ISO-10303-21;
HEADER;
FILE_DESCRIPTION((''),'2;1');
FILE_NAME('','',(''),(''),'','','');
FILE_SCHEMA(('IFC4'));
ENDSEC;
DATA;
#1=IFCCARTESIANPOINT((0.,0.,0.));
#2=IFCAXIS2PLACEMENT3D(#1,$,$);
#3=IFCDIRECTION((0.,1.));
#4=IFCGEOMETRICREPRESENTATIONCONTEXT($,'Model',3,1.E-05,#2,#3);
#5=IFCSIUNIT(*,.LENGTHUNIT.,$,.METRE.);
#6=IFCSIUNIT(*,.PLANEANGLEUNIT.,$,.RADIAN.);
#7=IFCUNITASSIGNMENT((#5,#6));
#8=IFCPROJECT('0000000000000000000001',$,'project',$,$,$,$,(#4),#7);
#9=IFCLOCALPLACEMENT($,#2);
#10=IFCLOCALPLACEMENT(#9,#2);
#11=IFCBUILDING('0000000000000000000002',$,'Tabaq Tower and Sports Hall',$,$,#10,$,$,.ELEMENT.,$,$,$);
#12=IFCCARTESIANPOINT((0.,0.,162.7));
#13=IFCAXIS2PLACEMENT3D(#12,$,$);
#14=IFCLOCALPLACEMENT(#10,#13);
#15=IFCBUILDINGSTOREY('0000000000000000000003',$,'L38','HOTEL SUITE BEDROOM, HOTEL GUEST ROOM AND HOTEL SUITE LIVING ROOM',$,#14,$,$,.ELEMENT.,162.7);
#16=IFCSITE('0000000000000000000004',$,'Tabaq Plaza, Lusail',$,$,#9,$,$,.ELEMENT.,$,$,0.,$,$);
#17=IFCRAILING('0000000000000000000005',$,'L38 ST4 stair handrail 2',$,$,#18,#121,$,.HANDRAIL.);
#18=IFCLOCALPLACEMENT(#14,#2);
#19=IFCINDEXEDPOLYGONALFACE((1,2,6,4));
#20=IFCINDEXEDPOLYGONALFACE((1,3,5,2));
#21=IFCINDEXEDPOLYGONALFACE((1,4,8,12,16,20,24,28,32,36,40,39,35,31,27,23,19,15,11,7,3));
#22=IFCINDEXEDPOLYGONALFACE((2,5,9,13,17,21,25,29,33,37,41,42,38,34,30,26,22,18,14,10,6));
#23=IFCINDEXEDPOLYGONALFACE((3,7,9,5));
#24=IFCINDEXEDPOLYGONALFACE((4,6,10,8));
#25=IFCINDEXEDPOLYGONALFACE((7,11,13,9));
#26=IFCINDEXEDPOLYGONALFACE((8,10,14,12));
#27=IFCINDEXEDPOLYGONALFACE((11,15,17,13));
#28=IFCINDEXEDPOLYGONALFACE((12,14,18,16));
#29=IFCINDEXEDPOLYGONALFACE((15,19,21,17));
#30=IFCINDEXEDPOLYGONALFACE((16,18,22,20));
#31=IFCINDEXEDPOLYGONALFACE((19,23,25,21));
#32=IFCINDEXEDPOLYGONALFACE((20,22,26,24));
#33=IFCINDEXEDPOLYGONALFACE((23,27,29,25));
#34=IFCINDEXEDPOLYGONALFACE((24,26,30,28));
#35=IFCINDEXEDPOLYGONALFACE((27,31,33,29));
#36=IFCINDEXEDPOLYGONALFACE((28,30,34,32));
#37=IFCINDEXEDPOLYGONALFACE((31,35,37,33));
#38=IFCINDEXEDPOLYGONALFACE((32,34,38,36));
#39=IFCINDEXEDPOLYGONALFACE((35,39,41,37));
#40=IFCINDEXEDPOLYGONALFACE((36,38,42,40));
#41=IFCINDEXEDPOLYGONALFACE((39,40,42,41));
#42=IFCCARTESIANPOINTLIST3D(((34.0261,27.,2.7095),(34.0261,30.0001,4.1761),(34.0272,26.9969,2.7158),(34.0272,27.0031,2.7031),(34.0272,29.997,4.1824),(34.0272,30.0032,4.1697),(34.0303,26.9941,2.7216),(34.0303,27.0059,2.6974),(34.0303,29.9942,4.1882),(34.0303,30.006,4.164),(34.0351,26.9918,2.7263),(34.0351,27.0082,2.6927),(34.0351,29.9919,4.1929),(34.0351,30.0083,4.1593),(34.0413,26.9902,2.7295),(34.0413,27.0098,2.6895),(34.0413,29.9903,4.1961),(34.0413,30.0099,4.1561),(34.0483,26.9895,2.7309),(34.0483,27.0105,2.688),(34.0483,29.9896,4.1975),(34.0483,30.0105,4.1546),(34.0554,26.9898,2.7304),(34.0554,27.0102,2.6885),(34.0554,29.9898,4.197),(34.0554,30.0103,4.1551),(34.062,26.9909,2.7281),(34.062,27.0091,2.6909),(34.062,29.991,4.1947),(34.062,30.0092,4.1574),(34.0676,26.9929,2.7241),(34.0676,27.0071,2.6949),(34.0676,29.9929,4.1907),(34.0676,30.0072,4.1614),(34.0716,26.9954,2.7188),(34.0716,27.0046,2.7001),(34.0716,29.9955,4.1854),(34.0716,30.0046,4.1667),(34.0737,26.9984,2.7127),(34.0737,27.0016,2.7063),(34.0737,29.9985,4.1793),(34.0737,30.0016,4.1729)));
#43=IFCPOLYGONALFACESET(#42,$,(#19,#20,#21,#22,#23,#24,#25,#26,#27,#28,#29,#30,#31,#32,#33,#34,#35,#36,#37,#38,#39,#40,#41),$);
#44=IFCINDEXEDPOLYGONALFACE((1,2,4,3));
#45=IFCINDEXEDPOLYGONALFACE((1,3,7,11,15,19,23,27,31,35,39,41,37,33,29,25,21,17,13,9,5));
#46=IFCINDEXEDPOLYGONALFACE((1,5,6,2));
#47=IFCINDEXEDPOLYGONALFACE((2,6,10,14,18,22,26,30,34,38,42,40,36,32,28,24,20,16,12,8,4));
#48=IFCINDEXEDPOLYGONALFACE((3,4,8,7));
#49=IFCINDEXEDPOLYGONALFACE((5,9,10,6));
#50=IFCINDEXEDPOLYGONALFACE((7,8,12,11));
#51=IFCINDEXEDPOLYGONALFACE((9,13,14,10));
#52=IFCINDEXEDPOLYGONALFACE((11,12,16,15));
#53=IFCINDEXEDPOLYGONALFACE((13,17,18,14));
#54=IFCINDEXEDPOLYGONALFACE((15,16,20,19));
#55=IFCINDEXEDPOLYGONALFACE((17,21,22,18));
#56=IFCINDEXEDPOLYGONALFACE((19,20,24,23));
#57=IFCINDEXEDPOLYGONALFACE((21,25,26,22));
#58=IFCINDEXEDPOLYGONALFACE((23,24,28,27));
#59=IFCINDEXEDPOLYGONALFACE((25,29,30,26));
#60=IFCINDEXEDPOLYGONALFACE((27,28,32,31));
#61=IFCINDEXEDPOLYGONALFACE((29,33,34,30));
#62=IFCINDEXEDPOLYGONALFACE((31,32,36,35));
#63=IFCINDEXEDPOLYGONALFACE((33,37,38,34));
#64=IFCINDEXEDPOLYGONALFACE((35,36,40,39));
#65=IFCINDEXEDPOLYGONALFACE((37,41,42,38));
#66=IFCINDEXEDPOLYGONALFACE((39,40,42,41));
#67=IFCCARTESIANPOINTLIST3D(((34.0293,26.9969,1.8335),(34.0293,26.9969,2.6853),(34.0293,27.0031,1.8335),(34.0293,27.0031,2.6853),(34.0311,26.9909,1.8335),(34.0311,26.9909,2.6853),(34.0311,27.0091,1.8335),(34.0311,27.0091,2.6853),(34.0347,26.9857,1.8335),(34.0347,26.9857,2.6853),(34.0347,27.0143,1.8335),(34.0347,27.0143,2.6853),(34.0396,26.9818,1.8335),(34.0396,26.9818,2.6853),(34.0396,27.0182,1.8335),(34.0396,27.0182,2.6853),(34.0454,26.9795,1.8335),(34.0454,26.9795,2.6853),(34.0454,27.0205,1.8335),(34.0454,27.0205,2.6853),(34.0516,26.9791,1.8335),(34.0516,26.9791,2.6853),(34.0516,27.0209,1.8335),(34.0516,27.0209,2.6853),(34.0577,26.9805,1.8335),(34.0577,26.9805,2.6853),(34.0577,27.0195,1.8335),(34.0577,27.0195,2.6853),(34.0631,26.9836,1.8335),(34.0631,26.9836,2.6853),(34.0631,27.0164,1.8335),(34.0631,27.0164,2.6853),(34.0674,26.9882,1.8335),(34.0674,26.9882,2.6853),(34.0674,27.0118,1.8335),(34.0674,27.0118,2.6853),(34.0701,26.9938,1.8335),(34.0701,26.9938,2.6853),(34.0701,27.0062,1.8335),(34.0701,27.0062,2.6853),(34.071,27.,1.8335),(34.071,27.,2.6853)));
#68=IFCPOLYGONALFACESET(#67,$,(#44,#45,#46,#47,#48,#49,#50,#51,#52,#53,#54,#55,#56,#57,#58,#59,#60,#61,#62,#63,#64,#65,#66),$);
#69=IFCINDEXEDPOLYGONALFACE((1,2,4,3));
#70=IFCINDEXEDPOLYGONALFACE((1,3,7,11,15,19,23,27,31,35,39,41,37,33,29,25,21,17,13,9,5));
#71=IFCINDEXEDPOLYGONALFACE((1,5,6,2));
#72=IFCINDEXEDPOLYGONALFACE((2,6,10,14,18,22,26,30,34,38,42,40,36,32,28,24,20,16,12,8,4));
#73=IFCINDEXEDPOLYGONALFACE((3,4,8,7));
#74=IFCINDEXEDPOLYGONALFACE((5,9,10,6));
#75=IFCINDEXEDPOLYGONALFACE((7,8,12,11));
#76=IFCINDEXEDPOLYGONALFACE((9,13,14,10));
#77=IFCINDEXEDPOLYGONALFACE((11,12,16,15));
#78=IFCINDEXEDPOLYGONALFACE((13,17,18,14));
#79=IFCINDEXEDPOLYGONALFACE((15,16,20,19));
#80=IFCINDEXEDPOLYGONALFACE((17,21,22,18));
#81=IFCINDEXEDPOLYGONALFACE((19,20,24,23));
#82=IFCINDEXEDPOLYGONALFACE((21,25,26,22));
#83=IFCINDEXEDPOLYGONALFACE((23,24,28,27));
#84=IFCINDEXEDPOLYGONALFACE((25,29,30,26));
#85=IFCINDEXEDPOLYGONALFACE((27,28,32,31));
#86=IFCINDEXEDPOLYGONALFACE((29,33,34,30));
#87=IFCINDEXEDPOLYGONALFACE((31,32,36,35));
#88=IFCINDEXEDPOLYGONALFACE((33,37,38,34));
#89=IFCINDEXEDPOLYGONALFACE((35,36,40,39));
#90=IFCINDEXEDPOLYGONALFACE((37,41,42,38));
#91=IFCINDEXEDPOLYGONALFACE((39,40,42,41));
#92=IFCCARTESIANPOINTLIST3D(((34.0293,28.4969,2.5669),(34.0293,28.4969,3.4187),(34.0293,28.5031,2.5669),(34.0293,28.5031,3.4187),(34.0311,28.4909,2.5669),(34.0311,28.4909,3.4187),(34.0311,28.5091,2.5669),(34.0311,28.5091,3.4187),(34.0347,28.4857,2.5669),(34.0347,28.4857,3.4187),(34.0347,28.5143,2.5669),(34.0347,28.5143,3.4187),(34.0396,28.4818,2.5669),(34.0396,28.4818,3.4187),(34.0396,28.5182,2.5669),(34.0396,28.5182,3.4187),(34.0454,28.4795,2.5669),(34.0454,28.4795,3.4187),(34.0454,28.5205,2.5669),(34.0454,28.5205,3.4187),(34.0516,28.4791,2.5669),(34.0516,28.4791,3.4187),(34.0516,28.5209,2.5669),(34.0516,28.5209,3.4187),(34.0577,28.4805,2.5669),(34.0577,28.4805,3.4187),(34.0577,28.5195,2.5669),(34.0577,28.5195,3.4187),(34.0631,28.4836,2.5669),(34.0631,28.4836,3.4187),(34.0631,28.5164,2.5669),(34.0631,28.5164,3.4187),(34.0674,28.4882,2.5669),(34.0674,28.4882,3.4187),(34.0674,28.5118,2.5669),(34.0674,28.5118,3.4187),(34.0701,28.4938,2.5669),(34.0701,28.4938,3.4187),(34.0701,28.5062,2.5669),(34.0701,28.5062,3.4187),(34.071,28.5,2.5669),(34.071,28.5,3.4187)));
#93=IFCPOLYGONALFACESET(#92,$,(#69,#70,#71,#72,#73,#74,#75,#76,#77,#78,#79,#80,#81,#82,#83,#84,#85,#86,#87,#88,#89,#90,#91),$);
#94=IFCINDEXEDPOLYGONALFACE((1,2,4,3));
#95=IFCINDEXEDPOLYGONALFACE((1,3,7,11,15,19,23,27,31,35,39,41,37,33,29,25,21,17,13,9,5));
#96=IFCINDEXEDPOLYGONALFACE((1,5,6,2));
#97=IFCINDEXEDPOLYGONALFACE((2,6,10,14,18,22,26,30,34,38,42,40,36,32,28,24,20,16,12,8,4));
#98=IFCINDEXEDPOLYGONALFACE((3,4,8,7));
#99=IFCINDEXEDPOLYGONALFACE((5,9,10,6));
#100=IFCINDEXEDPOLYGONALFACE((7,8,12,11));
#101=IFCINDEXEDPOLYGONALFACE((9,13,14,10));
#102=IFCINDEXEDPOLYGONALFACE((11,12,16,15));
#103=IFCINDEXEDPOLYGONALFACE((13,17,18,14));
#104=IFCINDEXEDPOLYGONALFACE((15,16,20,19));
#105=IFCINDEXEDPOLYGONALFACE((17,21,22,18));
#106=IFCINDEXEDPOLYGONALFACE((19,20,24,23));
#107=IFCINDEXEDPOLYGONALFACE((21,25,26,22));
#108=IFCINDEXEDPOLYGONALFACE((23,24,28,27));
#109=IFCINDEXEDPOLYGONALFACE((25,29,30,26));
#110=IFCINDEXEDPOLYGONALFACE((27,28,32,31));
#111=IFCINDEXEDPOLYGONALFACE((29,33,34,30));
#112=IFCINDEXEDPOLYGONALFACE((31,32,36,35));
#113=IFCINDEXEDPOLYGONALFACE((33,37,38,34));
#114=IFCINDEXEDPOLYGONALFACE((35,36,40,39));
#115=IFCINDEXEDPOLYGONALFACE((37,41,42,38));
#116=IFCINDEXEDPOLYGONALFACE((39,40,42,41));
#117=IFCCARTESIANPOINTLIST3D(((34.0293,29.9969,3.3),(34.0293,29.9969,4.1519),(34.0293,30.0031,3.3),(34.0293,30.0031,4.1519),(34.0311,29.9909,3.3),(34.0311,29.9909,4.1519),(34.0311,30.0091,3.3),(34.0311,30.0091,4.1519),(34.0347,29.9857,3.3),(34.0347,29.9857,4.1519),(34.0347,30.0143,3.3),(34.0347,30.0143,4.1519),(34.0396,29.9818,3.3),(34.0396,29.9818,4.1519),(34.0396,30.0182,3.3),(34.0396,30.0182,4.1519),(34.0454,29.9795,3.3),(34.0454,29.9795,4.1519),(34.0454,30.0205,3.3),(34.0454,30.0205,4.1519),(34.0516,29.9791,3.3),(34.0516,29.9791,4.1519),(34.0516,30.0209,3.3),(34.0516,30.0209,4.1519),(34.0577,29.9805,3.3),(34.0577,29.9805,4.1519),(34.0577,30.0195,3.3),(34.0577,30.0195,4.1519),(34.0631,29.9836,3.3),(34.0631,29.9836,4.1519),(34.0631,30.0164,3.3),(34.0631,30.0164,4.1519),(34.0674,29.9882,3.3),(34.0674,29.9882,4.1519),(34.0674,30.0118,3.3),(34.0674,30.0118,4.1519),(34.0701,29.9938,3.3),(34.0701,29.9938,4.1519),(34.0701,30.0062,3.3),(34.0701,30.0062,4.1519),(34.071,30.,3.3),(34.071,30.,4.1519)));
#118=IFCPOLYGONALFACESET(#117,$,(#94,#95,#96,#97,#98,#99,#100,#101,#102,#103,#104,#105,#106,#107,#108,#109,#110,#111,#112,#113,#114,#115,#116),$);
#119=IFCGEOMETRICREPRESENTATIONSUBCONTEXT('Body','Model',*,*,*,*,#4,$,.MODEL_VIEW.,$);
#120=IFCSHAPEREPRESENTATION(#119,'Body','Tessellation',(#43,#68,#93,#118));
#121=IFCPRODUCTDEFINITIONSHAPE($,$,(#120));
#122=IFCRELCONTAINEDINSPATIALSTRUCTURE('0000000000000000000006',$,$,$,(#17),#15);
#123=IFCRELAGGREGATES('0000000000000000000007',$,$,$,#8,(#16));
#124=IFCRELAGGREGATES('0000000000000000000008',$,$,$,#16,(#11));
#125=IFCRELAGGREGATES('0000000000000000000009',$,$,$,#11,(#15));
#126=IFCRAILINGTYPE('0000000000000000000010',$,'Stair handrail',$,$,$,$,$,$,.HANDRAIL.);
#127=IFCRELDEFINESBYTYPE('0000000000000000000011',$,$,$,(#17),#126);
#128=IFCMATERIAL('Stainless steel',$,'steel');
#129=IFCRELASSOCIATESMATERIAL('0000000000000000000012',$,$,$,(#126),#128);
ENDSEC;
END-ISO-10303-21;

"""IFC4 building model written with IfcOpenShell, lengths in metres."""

from ifc_helpers import new_model, si_unit, direction, frame, origin, origin_2d, place, context, subcontext, project, spatial, circle, extrude, material, type_object, element, save


model = new_model("IFC4")

# Units and contexts
model_context = context("Model", 3, precision=1e-05, world=origin(), true_north=direction((0.0, 1.0)))
body_context = subcontext(model_context, "Body", "Model", "MODEL_VIEW")
ifc_project = project(units=[si_unit("LENGTHUNIT", "METRE"), si_unit("PLANEANGLEUNIT", "RADIAN")], contexts=[model_context])

# Site, building, storey
site_placement = place(None, origin())
site = spatial("IfcSite", under=ifc_project, at=site_placement, Name="Tabaq Plaza, Lusail", CompositionType="ELEMENT", RefElevation=0.0)
building_placement = place(site_placement, origin())
building = spatial("IfcBuilding", under=site, at=building_placement, Name="Tabaq Tower and Sports Hall", CompositionType="ELEMENT")
storey_placement = place(building_placement, frame((0.0, 0.0, 162.7)))
storey = spatial("IfcBuildingStorey", under=building, at=storey_placement, Name="L38", Description="HOTEL SUITE BEDROOM, HOTEL GUEST ROOM AND HOTEL SUITE LIVING ROOM", CompositionType="ELEMENT", Elevation=162.7)

# Railing
ifc_material_1 = material(Name="Stainless steel", Category="steel")
railing_type_1 = type_object("IfcRailingType", Name="Stair handrail", PredefinedType="HANDRAIL", material=ifc_material_1)
railing_1_placement = place(storey_placement, frame((34.05, 27.0, 1.8335)))
element("IfcRailing", 1, at=railing_1_placement, inside=storey, type_object=railing_type_1, Name="L38 ST4 stair handrail 2", PredefinedType="HANDRAIL", context=body_context, shape_type="SweptSolid", body=[
    extrude(circle(Radius=0.0239, at=origin_2d()), frame((0.0, 0.0, 0.876), z_axis=(0.0, 0.898398, 0.439183), x_axis=(-1.0, 0.0, 0.0)), (0.0, 0.0, 1.0), 3.3394),
    extrude(circle(Radius=0.021, at=origin_2d()), origin(), (0.0, 0.0, 1.0), 0.8518),
    extrude(circle(Radius=0.021, at=origin_2d()), frame((0.0, 1.5, 0.7334)), (0.0, 0.0, 1.0), 0.8518),
    extrude(circle(Radius=0.021, at=origin_2d()), frame((0.0, 3.0, 1.4666)), (0.0, 0.0, 1.0), 0.8518),
])

save(model, "model.ifc")
